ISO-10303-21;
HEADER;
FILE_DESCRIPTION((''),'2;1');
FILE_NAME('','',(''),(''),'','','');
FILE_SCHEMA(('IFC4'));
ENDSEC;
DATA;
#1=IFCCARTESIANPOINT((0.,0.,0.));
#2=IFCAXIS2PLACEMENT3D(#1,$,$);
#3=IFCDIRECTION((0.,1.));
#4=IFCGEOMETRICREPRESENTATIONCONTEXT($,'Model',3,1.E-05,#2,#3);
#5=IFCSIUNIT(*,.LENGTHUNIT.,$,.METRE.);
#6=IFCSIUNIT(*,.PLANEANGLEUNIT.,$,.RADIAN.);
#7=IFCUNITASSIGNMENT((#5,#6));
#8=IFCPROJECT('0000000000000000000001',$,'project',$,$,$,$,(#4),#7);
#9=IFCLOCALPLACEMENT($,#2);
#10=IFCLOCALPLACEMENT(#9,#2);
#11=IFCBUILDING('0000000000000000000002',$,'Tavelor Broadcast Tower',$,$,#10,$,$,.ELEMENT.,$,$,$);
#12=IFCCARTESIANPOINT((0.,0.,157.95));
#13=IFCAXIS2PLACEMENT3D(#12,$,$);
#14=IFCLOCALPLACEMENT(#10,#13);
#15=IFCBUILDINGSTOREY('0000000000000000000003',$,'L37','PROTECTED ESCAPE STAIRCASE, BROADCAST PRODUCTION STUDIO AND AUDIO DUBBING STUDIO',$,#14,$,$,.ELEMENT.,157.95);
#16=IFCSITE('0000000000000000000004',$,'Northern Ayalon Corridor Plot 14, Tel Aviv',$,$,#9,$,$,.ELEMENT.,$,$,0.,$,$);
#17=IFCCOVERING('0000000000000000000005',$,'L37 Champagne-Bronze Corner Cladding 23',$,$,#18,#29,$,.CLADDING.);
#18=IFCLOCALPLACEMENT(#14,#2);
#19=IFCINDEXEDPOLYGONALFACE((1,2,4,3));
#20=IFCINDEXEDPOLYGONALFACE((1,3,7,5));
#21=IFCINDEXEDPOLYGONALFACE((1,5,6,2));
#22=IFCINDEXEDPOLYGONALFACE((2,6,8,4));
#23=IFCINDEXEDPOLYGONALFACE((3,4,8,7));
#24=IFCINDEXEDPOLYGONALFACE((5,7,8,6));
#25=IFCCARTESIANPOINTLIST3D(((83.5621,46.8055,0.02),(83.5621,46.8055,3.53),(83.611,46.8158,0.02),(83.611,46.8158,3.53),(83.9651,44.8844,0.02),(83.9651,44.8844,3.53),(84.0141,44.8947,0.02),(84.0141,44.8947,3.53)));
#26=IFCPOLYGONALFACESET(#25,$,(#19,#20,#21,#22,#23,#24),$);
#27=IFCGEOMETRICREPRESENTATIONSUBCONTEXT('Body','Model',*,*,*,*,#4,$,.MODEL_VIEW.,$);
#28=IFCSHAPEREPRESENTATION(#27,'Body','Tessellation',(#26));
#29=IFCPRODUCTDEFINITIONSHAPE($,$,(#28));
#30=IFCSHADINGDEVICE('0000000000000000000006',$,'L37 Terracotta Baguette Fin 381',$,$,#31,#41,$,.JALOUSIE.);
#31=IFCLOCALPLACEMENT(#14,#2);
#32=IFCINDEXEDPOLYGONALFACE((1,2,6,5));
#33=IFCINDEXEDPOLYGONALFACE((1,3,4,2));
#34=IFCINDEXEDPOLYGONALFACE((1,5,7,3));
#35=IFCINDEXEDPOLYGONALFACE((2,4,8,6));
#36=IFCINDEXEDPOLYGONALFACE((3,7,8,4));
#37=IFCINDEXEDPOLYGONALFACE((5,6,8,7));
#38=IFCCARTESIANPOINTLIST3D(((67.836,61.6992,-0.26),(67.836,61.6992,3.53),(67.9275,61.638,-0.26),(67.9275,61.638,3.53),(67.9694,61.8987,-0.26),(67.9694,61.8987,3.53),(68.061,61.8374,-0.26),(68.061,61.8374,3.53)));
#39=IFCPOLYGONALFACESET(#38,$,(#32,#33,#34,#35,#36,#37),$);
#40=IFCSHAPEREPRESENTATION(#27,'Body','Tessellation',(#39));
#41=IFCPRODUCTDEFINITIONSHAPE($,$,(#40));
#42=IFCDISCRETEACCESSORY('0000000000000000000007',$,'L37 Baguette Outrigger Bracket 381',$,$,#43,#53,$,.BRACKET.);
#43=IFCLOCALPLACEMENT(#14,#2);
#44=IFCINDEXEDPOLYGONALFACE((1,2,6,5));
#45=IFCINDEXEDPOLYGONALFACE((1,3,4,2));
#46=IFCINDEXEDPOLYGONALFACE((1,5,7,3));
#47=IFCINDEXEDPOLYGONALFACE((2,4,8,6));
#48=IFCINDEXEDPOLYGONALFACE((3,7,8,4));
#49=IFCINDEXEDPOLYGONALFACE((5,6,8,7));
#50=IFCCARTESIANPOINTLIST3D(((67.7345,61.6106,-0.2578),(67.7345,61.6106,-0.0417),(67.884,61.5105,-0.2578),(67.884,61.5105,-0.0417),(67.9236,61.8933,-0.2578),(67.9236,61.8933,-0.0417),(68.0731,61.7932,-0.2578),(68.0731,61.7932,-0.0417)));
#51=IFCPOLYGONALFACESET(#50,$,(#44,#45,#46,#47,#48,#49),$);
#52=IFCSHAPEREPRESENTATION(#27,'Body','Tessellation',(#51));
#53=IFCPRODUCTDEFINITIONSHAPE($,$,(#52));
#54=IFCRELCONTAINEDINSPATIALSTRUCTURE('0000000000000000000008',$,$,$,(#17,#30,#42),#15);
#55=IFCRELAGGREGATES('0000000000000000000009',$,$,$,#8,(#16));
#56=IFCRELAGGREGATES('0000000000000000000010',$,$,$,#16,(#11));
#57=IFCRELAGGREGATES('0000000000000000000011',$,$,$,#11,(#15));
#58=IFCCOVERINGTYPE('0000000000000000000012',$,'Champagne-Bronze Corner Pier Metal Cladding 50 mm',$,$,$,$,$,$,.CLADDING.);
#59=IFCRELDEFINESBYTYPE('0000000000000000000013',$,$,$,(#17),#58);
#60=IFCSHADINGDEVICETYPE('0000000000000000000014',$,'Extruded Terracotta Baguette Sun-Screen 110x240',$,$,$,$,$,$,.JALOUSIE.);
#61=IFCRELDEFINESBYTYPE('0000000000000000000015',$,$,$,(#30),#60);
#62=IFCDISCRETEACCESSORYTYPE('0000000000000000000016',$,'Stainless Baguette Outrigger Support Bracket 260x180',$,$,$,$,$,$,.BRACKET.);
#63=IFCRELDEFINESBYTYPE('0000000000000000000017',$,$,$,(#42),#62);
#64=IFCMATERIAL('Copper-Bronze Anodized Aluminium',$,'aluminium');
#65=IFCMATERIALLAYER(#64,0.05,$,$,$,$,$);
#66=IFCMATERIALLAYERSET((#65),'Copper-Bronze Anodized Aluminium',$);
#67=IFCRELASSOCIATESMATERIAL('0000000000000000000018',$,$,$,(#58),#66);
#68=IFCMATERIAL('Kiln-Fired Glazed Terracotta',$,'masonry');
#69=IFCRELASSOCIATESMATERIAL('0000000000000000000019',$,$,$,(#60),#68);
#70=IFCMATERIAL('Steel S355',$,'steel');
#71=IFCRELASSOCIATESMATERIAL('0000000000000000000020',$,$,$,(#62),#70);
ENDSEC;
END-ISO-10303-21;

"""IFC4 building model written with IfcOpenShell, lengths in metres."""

from ifc_helpers import new_model, si_unit, direction, frame, origin, origin_2d, place, context, subcontext, project, spatial, rectangle, extrude, source, transform, mapped, material, layer, layer_set, type_object, type_shapes, element, save


model = new_model("IFC4")

# Units and contexts
model_context = context("Model", 3, precision=1e-05, world=origin(), true_north=direction((0.0, 1.0)))
body_context = subcontext(model_context, "Body", "Model", "MODEL_VIEW")
ifc_project = project(units=[si_unit("LENGTHUNIT", "METRE"), si_unit("PLANEANGLEUNIT", "RADIAN")], contexts=[model_context])

# Site, building, storey
site_placement = place(None, origin())
site = spatial("IfcSite", under=ifc_project, at=site_placement, Name="Northern Ayalon Corridor Plot 14, Tel Aviv", CompositionType="ELEMENT", RefElevation=0.0)
building_placement = place(site_placement, origin())
building = spatial("IfcBuilding", under=site, at=building_placement, Name="Tavelor Broadcast Tower", CompositionType="ELEMENT")
storey_placement = place(building_placement, frame((0.0, 0.0, 157.95)))
storey = spatial("IfcBuildingStorey", under=building, at=storey_placement, Name="L37", Description="PROTECTED ESCAPE STAIRCASE, BROADCAST PRODUCTION STUDIO AND AUDIO DUBBING STUDIO", CompositionType="ELEMENT", Elevation=157.95)

# Shared definitions
ifc_material_1 = material(Name="Steel S355", Category="steel")

# Covering
ifc_material_2 = material(Name="Copper-Bronze Anodized Aluminium", Category="aluminium")
ifc_layer_1 = layer(ifc_material_2, 0.05)
ifc_layer_set_1 = layer_set([ifc_layer_1], Name="Copper-Bronze Anodized Aluminium")
covering_type = type_object("IfcCoveringType", Name="Champagne-Bronze Corner Pier Metal Cladding 50 mm", PredefinedType="CLADDING", material=ifc_layer_set_1)
covering_placement = place(storey_placement, frame((83.7881, 45.8501, 0.02), z_axis=(0.0, 0.0, 1.0), x_axis=(-0.20535, 0.978689, 0.0)))
element("IfcCovering", 1, at=covering_placement, inside=storey, type_object=covering_type, Name="L37 Champagne-Bronze Corner Cladding 23", PredefinedType="CLADDING", context=body_context, shape_type="SweptSolid", body=[
    extrude(rectangle(XDim=1.9629, YDim=0.05, at=origin_2d()), origin(), (0.0, 0.0, 1.0), 3.51),
])

# Shading device
ifc_material_3 = material(Name="Kiln-Fired Glazed Terracotta", Category="masonry")
shading_device_type = type_object("IfcShadingDeviceType", Name="Extruded Terracotta Baguette Sun-Screen 110x240", PredefinedType="JALOUSIE", material=ifc_material_3)
shared_shape_1 = source(origin(), body_context, "Body", "SweptSolid", [
    extrude(rectangle(XDim=0.1101, YDim=0.24, at=origin_2d()), origin(), (0.0, 0.0, 1.0), 3.79),
])
type_shapes(shading_device_type, [shared_shape_1])
shading_device_placement = place(storey_placement, frame((67.9485, 61.7683, -0.26), z_axis=(0.0, 0.0, 1.0), x_axis=(-0.831179, 0.556006, 0.0)))
element("IfcShadingDevice", 2, at=shading_device_placement, inside=storey, type_object=shading_device_type, Name="L37 Terracotta Baguette Fin 381", PredefinedType="JALOUSIE", context=body_context, shape_type="MappedRepresentation", body=[
    mapped(shared_shape_1, transform((0.0, 0.0, 0.0), scale=1.0)),
])

# Discrete accessory
discrete_accessory_type = type_object("IfcDiscreteAccessoryType", Name="Stainless Baguette Outrigger Support Bracket 260x180", PredefinedType="BRACKET", material=ifc_material_1)
shared_shape_2 = source(origin(), body_context, "Body", "SweptSolid", [
    extrude(rectangle(XDim=0.1799, YDim=0.3401, at=origin_2d()), origin(), (0.0, 0.0, 1.0), 0.2161),
])
type_shapes(discrete_accessory_type, [shared_shape_2])
discrete_accessory_placement = place(storey_placement, frame((67.9038, 61.7019, -0.2578), z_axis=(0.0, 0.0, 1.0), x_axis=(-0.831179, 0.556006, 0.0)))
element("IfcDiscreteAccessory", 3, at=discrete_accessory_placement, inside=storey, type_object=discrete_accessory_type, Name="L37 Baguette Outrigger Bracket 381", PredefinedType="BRACKET", context=body_context, shape_type="MappedRepresentation", body=[
    mapped(shared_shape_2, transform((0.0, 0.0, 0.0), scale=1.0)),
])

save(model, "model.ifc")
